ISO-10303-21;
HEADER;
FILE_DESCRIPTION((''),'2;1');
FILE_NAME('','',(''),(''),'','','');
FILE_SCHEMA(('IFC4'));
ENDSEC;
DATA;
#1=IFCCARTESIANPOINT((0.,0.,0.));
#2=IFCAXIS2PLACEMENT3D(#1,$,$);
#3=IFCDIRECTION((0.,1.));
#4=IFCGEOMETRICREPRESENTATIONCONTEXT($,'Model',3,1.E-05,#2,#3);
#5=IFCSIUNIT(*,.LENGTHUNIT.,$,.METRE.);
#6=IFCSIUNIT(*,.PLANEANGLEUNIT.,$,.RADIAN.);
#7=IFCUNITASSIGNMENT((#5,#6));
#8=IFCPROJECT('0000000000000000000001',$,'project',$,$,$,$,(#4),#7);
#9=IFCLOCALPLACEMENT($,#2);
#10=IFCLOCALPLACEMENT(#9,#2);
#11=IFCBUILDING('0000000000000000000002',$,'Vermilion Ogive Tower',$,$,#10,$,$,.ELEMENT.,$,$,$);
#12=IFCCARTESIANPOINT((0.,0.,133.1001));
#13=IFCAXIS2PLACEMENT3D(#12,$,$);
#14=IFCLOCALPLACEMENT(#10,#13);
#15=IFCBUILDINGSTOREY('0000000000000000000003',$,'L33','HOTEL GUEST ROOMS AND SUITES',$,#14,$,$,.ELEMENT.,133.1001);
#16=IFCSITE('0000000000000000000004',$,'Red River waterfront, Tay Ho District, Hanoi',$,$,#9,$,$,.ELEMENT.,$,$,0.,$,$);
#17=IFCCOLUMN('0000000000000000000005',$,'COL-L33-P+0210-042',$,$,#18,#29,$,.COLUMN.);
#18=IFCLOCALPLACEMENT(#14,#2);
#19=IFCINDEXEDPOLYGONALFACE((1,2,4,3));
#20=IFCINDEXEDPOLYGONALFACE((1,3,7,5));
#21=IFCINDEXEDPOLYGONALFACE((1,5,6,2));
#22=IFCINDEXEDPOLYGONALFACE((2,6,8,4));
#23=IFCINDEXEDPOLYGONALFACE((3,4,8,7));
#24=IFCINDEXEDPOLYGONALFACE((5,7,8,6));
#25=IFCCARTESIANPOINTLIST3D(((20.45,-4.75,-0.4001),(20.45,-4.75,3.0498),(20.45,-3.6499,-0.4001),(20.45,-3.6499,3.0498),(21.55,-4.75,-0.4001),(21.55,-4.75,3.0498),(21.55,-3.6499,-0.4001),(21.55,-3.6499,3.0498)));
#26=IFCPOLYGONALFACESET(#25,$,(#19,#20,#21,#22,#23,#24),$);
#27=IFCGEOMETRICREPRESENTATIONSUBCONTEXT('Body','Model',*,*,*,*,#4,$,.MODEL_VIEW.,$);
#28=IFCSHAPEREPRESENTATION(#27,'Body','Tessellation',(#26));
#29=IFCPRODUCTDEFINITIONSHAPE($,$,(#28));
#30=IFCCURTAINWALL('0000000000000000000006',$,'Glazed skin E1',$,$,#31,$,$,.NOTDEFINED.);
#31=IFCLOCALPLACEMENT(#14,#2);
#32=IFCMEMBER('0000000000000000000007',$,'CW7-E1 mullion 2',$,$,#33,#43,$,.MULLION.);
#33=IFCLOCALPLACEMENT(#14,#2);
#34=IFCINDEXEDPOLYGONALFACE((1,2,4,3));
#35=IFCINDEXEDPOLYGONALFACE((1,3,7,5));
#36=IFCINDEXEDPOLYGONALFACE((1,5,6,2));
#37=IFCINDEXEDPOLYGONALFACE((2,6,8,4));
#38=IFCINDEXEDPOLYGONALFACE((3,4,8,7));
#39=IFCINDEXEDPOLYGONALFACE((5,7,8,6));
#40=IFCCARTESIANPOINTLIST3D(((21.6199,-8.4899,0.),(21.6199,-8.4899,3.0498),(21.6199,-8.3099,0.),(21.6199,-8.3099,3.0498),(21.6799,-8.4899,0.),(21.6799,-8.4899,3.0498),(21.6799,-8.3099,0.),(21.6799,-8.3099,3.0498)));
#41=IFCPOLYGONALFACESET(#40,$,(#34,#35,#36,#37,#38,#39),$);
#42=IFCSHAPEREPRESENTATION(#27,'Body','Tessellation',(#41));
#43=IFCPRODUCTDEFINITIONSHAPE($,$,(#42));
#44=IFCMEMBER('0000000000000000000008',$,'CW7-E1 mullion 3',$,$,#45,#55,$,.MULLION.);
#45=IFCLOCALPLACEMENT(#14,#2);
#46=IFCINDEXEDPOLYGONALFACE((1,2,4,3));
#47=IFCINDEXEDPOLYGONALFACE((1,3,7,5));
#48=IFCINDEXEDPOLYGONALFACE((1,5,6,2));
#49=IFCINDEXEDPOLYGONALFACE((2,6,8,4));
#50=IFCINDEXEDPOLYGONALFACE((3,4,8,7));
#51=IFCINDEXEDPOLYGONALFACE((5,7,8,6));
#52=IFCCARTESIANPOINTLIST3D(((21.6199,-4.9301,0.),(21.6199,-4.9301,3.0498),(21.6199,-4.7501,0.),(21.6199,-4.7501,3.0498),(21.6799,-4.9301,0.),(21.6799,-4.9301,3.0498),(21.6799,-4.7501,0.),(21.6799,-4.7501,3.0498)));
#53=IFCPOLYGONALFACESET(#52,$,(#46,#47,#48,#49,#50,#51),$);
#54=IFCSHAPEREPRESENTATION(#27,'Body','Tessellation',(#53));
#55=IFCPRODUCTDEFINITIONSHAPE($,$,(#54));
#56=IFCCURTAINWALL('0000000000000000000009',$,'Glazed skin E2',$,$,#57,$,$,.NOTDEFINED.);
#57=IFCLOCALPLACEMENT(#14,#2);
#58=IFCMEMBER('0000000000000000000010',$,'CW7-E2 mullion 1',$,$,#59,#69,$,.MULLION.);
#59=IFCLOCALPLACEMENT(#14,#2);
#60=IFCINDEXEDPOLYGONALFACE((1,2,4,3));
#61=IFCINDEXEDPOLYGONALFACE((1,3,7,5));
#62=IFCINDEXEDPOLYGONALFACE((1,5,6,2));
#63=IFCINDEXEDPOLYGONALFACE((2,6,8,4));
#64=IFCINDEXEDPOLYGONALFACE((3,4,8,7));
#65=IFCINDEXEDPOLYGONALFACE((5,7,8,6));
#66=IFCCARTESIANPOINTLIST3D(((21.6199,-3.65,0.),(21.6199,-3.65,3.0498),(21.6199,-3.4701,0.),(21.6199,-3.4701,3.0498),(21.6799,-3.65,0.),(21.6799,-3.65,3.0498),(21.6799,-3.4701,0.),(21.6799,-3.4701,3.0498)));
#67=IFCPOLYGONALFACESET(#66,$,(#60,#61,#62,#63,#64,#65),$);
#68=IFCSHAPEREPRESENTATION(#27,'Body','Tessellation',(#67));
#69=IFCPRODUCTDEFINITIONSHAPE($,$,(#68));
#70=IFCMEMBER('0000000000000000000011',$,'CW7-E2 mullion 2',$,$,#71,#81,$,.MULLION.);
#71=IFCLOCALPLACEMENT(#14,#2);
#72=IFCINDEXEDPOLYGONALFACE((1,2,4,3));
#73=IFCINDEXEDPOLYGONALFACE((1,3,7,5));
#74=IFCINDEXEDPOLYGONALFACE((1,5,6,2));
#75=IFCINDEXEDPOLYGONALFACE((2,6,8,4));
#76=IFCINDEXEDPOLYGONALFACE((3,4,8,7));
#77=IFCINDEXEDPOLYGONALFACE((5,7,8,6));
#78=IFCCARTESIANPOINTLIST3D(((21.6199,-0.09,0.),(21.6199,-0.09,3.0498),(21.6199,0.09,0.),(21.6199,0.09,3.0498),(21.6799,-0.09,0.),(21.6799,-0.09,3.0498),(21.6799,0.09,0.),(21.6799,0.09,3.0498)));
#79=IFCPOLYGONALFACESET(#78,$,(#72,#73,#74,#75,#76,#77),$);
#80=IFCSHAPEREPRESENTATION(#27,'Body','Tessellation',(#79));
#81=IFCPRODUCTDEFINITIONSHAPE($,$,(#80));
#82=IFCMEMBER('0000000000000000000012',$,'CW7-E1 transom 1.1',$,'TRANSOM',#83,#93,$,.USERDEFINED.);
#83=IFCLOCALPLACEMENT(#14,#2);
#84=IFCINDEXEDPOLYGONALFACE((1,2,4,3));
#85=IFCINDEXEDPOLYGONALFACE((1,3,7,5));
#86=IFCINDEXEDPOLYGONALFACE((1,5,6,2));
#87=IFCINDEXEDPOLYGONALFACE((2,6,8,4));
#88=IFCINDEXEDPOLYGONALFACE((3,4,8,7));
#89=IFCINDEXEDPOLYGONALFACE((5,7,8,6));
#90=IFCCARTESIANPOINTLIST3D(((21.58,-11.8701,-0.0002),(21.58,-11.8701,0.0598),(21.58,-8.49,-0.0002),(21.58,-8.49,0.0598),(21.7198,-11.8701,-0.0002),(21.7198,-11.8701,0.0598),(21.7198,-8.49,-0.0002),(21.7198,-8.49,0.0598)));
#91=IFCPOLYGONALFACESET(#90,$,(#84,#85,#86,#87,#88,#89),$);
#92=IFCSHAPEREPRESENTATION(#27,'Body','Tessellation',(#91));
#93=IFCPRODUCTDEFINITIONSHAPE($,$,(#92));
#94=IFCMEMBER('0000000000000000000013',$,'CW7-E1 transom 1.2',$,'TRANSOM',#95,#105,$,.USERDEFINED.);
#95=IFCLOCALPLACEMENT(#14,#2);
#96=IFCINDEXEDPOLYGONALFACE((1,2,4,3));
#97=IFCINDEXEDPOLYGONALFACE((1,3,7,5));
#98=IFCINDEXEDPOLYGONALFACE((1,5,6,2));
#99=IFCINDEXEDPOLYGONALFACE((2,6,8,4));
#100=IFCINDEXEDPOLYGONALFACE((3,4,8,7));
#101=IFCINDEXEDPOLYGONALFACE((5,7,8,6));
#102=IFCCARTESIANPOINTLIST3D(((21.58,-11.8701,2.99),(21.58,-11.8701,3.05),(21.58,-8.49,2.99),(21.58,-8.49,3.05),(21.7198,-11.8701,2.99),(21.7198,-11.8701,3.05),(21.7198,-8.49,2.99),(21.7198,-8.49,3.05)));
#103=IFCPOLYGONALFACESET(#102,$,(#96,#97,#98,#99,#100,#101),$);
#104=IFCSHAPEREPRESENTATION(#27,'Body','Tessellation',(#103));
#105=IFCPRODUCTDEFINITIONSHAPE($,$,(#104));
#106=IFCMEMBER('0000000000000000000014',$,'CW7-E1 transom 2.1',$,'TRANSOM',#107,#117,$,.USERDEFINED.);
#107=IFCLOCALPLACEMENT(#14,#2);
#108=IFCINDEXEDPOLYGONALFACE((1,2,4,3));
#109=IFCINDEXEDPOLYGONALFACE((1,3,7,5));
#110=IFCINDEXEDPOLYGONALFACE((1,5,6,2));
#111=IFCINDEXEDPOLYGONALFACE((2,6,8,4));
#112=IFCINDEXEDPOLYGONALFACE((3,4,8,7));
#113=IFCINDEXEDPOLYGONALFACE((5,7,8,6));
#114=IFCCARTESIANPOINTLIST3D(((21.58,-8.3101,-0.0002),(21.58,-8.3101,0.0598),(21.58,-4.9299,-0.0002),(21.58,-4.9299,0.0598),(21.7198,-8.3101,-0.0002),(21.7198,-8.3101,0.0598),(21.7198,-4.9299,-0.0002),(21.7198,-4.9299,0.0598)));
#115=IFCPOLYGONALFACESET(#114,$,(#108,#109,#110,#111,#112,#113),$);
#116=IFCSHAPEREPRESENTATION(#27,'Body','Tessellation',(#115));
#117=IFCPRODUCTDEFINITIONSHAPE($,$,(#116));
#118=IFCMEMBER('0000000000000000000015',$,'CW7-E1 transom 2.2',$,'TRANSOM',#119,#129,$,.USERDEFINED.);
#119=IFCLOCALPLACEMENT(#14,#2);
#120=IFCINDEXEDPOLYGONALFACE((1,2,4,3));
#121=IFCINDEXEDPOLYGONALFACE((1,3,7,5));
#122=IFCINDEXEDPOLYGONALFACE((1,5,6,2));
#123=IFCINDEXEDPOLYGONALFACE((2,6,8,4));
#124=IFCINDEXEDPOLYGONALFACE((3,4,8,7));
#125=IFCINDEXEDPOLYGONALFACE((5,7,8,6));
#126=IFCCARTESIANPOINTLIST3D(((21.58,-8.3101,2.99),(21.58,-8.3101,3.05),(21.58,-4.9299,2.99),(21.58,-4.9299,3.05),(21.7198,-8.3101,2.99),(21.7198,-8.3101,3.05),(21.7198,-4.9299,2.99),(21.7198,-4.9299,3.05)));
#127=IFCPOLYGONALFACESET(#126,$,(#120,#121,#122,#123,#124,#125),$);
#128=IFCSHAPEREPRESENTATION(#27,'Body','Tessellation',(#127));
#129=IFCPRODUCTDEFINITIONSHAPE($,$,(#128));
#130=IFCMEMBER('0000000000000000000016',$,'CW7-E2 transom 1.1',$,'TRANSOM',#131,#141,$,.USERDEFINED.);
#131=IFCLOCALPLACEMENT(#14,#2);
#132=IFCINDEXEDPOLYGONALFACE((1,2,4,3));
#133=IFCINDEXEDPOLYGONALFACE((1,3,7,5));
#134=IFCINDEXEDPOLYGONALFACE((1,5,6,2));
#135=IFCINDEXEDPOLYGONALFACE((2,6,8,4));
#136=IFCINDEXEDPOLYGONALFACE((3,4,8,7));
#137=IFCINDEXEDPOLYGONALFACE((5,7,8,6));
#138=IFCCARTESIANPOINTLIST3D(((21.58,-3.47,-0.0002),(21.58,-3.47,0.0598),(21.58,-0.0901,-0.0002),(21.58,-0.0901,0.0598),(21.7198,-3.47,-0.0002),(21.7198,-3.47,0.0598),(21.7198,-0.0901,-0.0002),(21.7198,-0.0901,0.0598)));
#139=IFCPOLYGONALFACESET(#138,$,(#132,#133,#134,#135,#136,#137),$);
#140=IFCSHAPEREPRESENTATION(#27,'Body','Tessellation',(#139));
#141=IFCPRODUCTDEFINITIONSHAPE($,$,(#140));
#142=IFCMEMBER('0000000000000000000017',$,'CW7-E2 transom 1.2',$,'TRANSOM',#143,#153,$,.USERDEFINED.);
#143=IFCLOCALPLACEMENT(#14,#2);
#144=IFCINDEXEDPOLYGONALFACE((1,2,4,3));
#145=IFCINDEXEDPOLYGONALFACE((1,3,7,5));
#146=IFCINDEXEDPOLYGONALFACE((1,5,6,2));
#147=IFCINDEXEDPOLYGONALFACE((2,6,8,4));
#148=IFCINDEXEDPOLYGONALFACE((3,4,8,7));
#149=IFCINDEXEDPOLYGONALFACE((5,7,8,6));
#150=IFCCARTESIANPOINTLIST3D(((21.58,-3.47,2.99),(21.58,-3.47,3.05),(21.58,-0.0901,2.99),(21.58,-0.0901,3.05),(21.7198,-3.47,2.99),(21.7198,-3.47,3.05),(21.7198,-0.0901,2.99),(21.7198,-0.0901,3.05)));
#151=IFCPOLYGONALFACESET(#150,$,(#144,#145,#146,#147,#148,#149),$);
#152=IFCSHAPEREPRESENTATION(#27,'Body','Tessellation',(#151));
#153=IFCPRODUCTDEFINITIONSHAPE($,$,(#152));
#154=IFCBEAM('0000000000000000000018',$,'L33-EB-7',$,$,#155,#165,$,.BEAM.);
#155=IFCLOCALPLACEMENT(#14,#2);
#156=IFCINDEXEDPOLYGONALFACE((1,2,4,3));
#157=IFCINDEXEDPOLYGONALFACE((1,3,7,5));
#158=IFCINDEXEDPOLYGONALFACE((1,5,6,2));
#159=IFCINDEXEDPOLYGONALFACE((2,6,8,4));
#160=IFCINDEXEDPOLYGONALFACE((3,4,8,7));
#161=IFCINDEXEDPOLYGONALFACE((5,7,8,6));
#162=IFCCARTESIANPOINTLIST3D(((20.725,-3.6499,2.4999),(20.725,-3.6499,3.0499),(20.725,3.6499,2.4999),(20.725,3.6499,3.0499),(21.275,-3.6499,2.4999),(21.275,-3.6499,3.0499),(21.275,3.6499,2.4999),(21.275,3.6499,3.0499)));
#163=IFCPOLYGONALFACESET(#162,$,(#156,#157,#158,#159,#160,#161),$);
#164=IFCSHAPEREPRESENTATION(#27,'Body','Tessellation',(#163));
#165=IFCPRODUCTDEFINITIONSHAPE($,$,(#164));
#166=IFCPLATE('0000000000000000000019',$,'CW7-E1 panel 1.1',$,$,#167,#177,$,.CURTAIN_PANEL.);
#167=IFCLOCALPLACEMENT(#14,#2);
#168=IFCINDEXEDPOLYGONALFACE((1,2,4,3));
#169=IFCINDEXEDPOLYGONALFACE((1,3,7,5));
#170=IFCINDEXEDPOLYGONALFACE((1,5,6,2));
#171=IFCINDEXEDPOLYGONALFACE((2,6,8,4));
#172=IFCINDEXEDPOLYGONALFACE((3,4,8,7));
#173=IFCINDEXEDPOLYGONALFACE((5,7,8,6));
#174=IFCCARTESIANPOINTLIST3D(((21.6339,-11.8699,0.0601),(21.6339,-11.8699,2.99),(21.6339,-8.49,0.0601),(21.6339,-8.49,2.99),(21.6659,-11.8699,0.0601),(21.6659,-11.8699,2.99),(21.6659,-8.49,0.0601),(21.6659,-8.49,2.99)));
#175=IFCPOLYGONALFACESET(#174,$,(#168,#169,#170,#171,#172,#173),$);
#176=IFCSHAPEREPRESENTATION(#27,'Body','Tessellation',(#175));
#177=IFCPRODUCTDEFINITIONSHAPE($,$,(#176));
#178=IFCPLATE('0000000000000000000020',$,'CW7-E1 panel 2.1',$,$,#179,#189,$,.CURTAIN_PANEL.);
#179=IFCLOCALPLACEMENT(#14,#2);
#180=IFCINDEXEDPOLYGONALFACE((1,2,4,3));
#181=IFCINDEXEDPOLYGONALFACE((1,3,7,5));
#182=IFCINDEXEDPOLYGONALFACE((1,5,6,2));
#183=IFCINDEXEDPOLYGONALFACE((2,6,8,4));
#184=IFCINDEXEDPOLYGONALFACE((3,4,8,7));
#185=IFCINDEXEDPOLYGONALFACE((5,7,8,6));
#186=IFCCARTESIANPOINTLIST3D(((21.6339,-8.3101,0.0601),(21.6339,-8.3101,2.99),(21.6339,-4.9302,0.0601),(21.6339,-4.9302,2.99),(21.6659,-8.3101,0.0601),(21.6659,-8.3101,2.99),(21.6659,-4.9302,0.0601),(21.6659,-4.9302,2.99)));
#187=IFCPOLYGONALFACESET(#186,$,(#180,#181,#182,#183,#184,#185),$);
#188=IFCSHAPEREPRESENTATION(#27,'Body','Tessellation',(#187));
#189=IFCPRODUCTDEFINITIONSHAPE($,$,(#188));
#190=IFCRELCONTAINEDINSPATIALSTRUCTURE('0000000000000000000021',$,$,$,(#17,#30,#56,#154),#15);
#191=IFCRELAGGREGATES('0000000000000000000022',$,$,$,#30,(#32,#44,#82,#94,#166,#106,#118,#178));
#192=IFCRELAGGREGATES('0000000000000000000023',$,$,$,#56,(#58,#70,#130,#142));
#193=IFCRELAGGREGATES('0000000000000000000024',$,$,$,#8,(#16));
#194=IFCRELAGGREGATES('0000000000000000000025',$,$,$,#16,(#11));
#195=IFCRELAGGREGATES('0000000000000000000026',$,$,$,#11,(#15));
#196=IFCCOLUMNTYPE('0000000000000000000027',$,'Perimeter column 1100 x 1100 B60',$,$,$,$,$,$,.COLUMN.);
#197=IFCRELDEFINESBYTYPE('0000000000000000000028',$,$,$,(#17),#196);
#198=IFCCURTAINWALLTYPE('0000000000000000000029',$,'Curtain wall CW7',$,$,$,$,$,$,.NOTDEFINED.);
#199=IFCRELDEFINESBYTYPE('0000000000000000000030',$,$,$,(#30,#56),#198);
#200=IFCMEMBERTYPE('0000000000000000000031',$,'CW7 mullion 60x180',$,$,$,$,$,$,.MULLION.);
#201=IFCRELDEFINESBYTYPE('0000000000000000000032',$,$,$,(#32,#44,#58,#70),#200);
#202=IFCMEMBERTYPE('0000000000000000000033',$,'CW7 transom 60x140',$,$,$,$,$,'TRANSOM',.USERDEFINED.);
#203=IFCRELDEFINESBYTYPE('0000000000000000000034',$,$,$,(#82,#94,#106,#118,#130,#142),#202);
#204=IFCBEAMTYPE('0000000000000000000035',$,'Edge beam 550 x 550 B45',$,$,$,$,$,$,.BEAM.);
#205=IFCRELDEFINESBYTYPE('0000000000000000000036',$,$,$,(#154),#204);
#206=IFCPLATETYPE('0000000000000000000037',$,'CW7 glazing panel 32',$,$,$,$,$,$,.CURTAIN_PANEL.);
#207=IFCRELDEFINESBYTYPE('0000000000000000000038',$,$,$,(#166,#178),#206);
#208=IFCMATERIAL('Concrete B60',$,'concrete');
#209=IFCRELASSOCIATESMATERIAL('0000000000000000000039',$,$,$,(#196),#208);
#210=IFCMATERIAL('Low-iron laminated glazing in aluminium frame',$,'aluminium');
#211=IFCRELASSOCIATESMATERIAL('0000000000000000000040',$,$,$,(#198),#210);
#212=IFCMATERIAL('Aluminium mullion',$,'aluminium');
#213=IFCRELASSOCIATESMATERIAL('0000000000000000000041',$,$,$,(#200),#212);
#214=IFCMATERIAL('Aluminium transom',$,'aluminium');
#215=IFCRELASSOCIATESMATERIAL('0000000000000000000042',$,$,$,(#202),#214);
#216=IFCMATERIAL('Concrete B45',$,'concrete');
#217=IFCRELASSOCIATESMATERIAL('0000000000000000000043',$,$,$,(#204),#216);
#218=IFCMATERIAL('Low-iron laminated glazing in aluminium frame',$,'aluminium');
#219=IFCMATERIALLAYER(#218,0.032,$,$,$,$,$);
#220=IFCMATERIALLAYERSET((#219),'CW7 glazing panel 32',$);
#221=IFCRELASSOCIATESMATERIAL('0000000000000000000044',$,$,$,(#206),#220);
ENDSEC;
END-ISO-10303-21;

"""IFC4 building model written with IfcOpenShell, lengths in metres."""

from ifc_helpers import new_model, si_unit, direction, frame, origin, origin_2d, place, context, subcontext, project, spatial, rectangle, extrude, material, layer, layer_set, material_profile, profile_set, type_object, element, aggregate, save


model = new_model("IFC4")

# Units and contexts
model_context = context("Model", 3, precision=1e-05, world=origin(), true_north=direction((0.0, 1.0)))
body_context = subcontext(model_context, "Body", "Model", "MODEL_VIEW")
ifc_project = project(units=[si_unit("LENGTHUNIT", "METRE"), si_unit("PLANEANGLEUNIT", "RADIAN")], contexts=[model_context])

# Site, building, storey
site_placement = place(None, origin())
site = spatial("IfcSite", under=ifc_project, at=site_placement, Name="Red River waterfront, Tay Ho District, Hanoi", CompositionType="ELEMENT", RefElevation=0.0)
building_placement = place(site_placement, origin())
building = spatial("IfcBuilding", under=site, at=building_placement, Name="Vermilion Ogive Tower", CompositionType="ELEMENT")
storey_placement = place(building_placement, frame((0.0, 0.0, 133.1001)))
storey = spatial("IfcBuildingStorey", under=building, at=storey_placement, Name="L33", Description="HOTEL GUEST ROOMS AND SUITES", CompositionType="ELEMENT", Elevation=133.1001)

# Column
ifc_material_1 = material(Name="Concrete B60", Category="concrete")
ifc_material_profile_1 = material_profile(ifc_material_1, rectangle(XDim=1.1001, YDim=1.1001, at=origin_2d()), Name="1100 x 1100")
ifc_profile_set_1 = profile_set([ifc_material_profile_1], Name="Concrete B60")
column_type = type_object("IfcColumnType", Name="Perimeter column 1100 x 1100 B60", PredefinedType="COLUMN", material=ifc_profile_set_1)
column_placement = place(storey_placement, frame((21.0, -4.2, -0.4001), z_axis=(0.0, 0.0, 1.0), x_axis=(1.0, 0.0, 0.0)))
element("IfcColumn", 1, at=column_placement, inside=storey, type_object=column_type, Name="COL-L33-P+0210-042", PredefinedType="COLUMN", context=body_context, shape_type="SweptSolid", body=[
    extrude(rectangle(XDim=1.1001, YDim=1.1001, at=origin_2d()), origin(), (0.0, 0.0, 1.0), 3.45),
])

# Curtain walls, members
ifc_material_2 = material(Name="Low-iron laminated glazing in aluminium frame", Category="aluminium")
curtain_wall_type = type_object("IfcCurtainWallType", Name="Curtain wall CW7", PredefinedType="NOTDEFINED", material=ifc_material_2)
curtain_wall_1_placement = place(storey_placement, origin())
curtain_wall_1 = element("IfcCurtainWall", 2, at=curtain_wall_1_placement, inside=storey, type_object=curtain_wall_type, Name="Glazed skin E1", PredefinedType="NOTDEFINED")
ifc_material_3 = material(Name="Aluminium mullion", Category="aluminium")
ifc_material_profile_2 = material_profile(ifc_material_3, rectangle(XDim=0.0601, YDim=0.1799, at=origin_2d()), Name="AL 60x180")
ifc_profile_set_2 = profile_set([ifc_material_profile_2], Name="Aluminium mullion")
member_type_1 = type_object("IfcMemberType", Name="CW7 mullion 60x180", PredefinedType="MULLION", material=ifc_profile_set_2)
member_1_placement = place(storey_placement, frame((21.6499, -8.3999, 0.0), z_axis=(0.0, 0.0, 1.0), x_axis=(-1.0, 0.0, 0.0)))
member_1 = element("IfcMember", 3, at=member_1_placement, type_object=member_type_1, Name="CW7-E1 mullion 2", PredefinedType="MULLION", context=body_context, shape_type="SweptSolid", body=[
    extrude(rectangle(XDim=0.0601, YDim=0.1799, at=origin_2d()), origin(), (0.0, 0.0, 1.0), 3.0498),
])
member_2_placement = place(storey_placement, frame((21.6499, -4.8401, 0.0), z_axis=(0.0, 0.0, 1.0), x_axis=(-1.0, 0.0, 0.0)))
member_2 = element("IfcMember", 4, at=member_2_placement, type_object=member_type_1, Name="CW7-E1 mullion 3", PredefinedType="MULLION", context=body_context, shape_type="SweptSolid", body=[
    extrude(rectangle(XDim=0.0601, YDim=0.1799, at=origin_2d()), origin(), (0.0, 0.0, 1.0), 3.0498),
])
curtain_wall_2_placement = place(storey_placement, origin())
curtain_wall_2 = element("IfcCurtainWall", 5, at=curtain_wall_2_placement, inside=storey, type_object=curtain_wall_type, Name="Glazed skin E2", PredefinedType="NOTDEFINED")
member_3_placement = place(storey_placement, frame((21.6499, -3.5601, 0.0), z_axis=(0.0, 0.0, 1.0), x_axis=(-1.0, 0.0, 0.0)))
member_3 = element("IfcMember", 6, at=member_3_placement, type_object=member_type_1, Name="CW7-E2 mullion 1", PredefinedType="MULLION", context=body_context, shape_type="SweptSolid", body=[
    extrude(rectangle(XDim=0.0601, YDim=0.1799, at=origin_2d()), origin(), (0.0, 0.0, 1.0), 3.0498),
])
member_4_placement = place(storey_placement, frame((21.6499, 0.0, 0.0), z_axis=(0.0, 0.0, 1.0), x_axis=(-1.0, 0.0, 0.0)))
member_4 = element("IfcMember", 7, at=member_4_placement, type_object=member_type_1, Name="CW7-E2 mullion 2", PredefinedType="MULLION", context=body_context, shape_type="SweptSolid", body=[
    extrude(rectangle(XDim=0.0601, YDim=0.1799, at=origin_2d()), origin(), (0.0, 0.0, 1.0), 3.0498),
])

# Members
ifc_material_4 = material(Name="Aluminium transom", Category="aluminium")
ifc_material_profile_3 = material_profile(ifc_material_4, rectangle(XDim=0.1399, YDim=0.0601, at=origin_2d()), Name="AL 60x140")
ifc_profile_set_3 = profile_set([ifc_material_profile_3], Name="Aluminium transom")
member_type_2 = type_object("IfcMemberType", Name="CW7 transom 60x140", ElementType="TRANSOM", PredefinedType="USERDEFINED", material=ifc_profile_set_3)
member_5_placement = place(storey_placement, frame((21.6499, -11.8701, 0.0298), z_axis=(0.0, 1.0, 0.0), x_axis=(-1.0, 0.0, 0.0)))
member_5 = element("IfcMember", 8, at=member_5_placement, type_object=member_type_2, Name="CW7-E1 transom 1.1", ObjectType="TRANSOM", PredefinedType="USERDEFINED", context=body_context, shape_type="SweptSolid", body=[
    extrude(rectangle(XDim=0.1399, YDim=0.0601, at=origin_2d()), origin(), (0.0, 0.0, 1.0), 3.3801),
])
member_6_placement = place(storey_placement, frame((21.6499, -11.8701, 3.02), z_axis=(0.0, 1.0, 0.0), x_axis=(-1.0, 0.0, 0.0)))
member_6 = element("IfcMember", 9, at=member_6_placement, type_object=member_type_2, Name="CW7-E1 transom 1.2", ObjectType="TRANSOM", PredefinedType="USERDEFINED", context=body_context, shape_type="SweptSolid", body=[
    extrude(rectangle(XDim=0.1399, YDim=0.0601, at=origin_2d()), origin(), (0.0, 0.0, 1.0), 3.3801),
])
member_7_placement = place(storey_placement, frame((21.6499, -8.3101, 0.0298), z_axis=(0.0, 1.0, 0.0), x_axis=(-1.0, 0.0, 0.0)))
member_7 = element("IfcMember", 10, at=member_7_placement, type_object=member_type_2, Name="CW7-E1 transom 2.1", ObjectType="TRANSOM", PredefinedType="USERDEFINED", context=body_context, shape_type="SweptSolid", body=[
    extrude(rectangle(XDim=0.1399, YDim=0.0601, at=origin_2d()), origin(), (0.0, 0.0, 1.0), 3.3801),
])
member_8_placement = place(storey_placement, frame((21.6499, -8.3101, 3.02), z_axis=(0.0, 1.0, 0.0), x_axis=(-1.0, 0.0, 0.0)))
member_8 = element("IfcMember", 11, at=member_8_placement, type_object=member_type_2, Name="CW7-E1 transom 2.2", ObjectType="TRANSOM", PredefinedType="USERDEFINED", context=body_context, shape_type="SweptSolid", body=[
    extrude(rectangle(XDim=0.1399, YDim=0.0601, at=origin_2d()), origin(), (0.0, 0.0, 1.0), 3.3801),
])
member_9_placement = place(storey_placement, frame((21.6499, -3.47, 0.0298), z_axis=(0.0, 1.0, 0.0), x_axis=(-1.0, 0.0, 0.0)))
member_9 = element("IfcMember", 12, at=member_9_placement, type_object=member_type_2, Name="CW7-E2 transom 1.1", ObjectType="TRANSOM", PredefinedType="USERDEFINED", context=body_context, shape_type="SweptSolid", body=[
    extrude(rectangle(XDim=0.1399, YDim=0.0601, at=origin_2d()), origin(), (0.0, 0.0, 1.0), 3.3799),
])
member_10_placement = place(storey_placement, frame((21.6499, -3.47, 3.02), z_axis=(0.0, 1.0, 0.0), x_axis=(-1.0, 0.0, 0.0)))
member_10 = element("IfcMember", 13, at=member_10_placement, type_object=member_type_2, Name="CW7-E2 transom 1.2", ObjectType="TRANSOM", PredefinedType="USERDEFINED", context=body_context, shape_type="SweptSolid", body=[
    extrude(rectangle(XDim=0.1399, YDim=0.0601, at=origin_2d()), origin(), (0.0, 0.0, 1.0), 3.3799),
])

# Beam
ifc_material_5 = material(Name="Concrete B45", Category="concrete")
ifc_material_profile_4 = material_profile(ifc_material_5, rectangle(XDim=0.55, YDim=0.55, at=origin_2d()), Name="550 x 550")
ifc_profile_set_4 = profile_set([ifc_material_profile_4], Name="Concrete B45")
beam_type = type_object("IfcBeamType", Name="Edge beam 550 x 550 B45", PredefinedType="BEAM", material=ifc_profile_set_4)
beam_placement = place(storey_placement, frame((21.0, -3.6499, 2.7749), z_axis=(0.0, 1.0, 0.0), x_axis=(-1.0, 0.0, 0.0)))
element("IfcBeam", 14, at=beam_placement, inside=storey, type_object=beam_type, Name="L33-EB-7", PredefinedType="BEAM", context=body_context, shape_type="SweptSolid", body=[
    extrude(rectangle(XDim=0.55, YDim=0.55, at=origin_2d()), origin(), (0.0, 0.0, 1.0), 7.2998),
])

# Plates
ifc_material_6 = material(Name="Low-iron laminated glazing in aluminium frame", Category="aluminium")
ifc_layer_1 = layer(ifc_material_6, 0.032)
ifc_layer_set_1 = layer_set([ifc_layer_1], Name="CW7 glazing panel 32")
plate_type = type_object("IfcPlateType", Name="CW7 glazing panel 32", PredefinedType="CURTAIN_PANEL", material=ifc_layer_set_1)
plate_1_placement = place(storey_placement, frame((21.6499, -10.1799, 0.0601), z_axis=(0.0, 0.0, 1.0), x_axis=(0.0, 1.0, 0.0)))
plate_1 = element("IfcPlate", 15, at=plate_1_placement, type_object=plate_type, Name="CW7-E1 panel 1.1", PredefinedType="CURTAIN_PANEL", context=body_context, shape_type="SweptSolid", body=[
    extrude(rectangle(XDim=3.3799, YDim=0.032, at=origin_2d()), origin(), (0.0, 0.0, 1.0), 2.9299),
])
plate_2_placement = place(storey_placement, frame((21.6499, -6.6201, 0.0601), z_axis=(0.0, 0.0, 1.0), x_axis=(0.0, 1.0, 0.0)))
plate_2 = element("IfcPlate", 16, at=plate_2_placement, type_object=plate_type, Name="CW7-E1 panel 2.1", PredefinedType="CURTAIN_PANEL", context=body_context, shape_type="SweptSolid", body=[
    extrude(rectangle(XDim=3.3799, YDim=0.032, at=origin_2d()), origin(), (0.0, 0.0, 1.0), 2.9299),
])
aggregate(curtain_wall_1, [member_1, member_2, member_5, member_6, plate_1, member_7, member_8, plate_2])
aggregate(curtain_wall_2, [member_3, member_4, member_9, member_10])

save(model, "model.ifc")
